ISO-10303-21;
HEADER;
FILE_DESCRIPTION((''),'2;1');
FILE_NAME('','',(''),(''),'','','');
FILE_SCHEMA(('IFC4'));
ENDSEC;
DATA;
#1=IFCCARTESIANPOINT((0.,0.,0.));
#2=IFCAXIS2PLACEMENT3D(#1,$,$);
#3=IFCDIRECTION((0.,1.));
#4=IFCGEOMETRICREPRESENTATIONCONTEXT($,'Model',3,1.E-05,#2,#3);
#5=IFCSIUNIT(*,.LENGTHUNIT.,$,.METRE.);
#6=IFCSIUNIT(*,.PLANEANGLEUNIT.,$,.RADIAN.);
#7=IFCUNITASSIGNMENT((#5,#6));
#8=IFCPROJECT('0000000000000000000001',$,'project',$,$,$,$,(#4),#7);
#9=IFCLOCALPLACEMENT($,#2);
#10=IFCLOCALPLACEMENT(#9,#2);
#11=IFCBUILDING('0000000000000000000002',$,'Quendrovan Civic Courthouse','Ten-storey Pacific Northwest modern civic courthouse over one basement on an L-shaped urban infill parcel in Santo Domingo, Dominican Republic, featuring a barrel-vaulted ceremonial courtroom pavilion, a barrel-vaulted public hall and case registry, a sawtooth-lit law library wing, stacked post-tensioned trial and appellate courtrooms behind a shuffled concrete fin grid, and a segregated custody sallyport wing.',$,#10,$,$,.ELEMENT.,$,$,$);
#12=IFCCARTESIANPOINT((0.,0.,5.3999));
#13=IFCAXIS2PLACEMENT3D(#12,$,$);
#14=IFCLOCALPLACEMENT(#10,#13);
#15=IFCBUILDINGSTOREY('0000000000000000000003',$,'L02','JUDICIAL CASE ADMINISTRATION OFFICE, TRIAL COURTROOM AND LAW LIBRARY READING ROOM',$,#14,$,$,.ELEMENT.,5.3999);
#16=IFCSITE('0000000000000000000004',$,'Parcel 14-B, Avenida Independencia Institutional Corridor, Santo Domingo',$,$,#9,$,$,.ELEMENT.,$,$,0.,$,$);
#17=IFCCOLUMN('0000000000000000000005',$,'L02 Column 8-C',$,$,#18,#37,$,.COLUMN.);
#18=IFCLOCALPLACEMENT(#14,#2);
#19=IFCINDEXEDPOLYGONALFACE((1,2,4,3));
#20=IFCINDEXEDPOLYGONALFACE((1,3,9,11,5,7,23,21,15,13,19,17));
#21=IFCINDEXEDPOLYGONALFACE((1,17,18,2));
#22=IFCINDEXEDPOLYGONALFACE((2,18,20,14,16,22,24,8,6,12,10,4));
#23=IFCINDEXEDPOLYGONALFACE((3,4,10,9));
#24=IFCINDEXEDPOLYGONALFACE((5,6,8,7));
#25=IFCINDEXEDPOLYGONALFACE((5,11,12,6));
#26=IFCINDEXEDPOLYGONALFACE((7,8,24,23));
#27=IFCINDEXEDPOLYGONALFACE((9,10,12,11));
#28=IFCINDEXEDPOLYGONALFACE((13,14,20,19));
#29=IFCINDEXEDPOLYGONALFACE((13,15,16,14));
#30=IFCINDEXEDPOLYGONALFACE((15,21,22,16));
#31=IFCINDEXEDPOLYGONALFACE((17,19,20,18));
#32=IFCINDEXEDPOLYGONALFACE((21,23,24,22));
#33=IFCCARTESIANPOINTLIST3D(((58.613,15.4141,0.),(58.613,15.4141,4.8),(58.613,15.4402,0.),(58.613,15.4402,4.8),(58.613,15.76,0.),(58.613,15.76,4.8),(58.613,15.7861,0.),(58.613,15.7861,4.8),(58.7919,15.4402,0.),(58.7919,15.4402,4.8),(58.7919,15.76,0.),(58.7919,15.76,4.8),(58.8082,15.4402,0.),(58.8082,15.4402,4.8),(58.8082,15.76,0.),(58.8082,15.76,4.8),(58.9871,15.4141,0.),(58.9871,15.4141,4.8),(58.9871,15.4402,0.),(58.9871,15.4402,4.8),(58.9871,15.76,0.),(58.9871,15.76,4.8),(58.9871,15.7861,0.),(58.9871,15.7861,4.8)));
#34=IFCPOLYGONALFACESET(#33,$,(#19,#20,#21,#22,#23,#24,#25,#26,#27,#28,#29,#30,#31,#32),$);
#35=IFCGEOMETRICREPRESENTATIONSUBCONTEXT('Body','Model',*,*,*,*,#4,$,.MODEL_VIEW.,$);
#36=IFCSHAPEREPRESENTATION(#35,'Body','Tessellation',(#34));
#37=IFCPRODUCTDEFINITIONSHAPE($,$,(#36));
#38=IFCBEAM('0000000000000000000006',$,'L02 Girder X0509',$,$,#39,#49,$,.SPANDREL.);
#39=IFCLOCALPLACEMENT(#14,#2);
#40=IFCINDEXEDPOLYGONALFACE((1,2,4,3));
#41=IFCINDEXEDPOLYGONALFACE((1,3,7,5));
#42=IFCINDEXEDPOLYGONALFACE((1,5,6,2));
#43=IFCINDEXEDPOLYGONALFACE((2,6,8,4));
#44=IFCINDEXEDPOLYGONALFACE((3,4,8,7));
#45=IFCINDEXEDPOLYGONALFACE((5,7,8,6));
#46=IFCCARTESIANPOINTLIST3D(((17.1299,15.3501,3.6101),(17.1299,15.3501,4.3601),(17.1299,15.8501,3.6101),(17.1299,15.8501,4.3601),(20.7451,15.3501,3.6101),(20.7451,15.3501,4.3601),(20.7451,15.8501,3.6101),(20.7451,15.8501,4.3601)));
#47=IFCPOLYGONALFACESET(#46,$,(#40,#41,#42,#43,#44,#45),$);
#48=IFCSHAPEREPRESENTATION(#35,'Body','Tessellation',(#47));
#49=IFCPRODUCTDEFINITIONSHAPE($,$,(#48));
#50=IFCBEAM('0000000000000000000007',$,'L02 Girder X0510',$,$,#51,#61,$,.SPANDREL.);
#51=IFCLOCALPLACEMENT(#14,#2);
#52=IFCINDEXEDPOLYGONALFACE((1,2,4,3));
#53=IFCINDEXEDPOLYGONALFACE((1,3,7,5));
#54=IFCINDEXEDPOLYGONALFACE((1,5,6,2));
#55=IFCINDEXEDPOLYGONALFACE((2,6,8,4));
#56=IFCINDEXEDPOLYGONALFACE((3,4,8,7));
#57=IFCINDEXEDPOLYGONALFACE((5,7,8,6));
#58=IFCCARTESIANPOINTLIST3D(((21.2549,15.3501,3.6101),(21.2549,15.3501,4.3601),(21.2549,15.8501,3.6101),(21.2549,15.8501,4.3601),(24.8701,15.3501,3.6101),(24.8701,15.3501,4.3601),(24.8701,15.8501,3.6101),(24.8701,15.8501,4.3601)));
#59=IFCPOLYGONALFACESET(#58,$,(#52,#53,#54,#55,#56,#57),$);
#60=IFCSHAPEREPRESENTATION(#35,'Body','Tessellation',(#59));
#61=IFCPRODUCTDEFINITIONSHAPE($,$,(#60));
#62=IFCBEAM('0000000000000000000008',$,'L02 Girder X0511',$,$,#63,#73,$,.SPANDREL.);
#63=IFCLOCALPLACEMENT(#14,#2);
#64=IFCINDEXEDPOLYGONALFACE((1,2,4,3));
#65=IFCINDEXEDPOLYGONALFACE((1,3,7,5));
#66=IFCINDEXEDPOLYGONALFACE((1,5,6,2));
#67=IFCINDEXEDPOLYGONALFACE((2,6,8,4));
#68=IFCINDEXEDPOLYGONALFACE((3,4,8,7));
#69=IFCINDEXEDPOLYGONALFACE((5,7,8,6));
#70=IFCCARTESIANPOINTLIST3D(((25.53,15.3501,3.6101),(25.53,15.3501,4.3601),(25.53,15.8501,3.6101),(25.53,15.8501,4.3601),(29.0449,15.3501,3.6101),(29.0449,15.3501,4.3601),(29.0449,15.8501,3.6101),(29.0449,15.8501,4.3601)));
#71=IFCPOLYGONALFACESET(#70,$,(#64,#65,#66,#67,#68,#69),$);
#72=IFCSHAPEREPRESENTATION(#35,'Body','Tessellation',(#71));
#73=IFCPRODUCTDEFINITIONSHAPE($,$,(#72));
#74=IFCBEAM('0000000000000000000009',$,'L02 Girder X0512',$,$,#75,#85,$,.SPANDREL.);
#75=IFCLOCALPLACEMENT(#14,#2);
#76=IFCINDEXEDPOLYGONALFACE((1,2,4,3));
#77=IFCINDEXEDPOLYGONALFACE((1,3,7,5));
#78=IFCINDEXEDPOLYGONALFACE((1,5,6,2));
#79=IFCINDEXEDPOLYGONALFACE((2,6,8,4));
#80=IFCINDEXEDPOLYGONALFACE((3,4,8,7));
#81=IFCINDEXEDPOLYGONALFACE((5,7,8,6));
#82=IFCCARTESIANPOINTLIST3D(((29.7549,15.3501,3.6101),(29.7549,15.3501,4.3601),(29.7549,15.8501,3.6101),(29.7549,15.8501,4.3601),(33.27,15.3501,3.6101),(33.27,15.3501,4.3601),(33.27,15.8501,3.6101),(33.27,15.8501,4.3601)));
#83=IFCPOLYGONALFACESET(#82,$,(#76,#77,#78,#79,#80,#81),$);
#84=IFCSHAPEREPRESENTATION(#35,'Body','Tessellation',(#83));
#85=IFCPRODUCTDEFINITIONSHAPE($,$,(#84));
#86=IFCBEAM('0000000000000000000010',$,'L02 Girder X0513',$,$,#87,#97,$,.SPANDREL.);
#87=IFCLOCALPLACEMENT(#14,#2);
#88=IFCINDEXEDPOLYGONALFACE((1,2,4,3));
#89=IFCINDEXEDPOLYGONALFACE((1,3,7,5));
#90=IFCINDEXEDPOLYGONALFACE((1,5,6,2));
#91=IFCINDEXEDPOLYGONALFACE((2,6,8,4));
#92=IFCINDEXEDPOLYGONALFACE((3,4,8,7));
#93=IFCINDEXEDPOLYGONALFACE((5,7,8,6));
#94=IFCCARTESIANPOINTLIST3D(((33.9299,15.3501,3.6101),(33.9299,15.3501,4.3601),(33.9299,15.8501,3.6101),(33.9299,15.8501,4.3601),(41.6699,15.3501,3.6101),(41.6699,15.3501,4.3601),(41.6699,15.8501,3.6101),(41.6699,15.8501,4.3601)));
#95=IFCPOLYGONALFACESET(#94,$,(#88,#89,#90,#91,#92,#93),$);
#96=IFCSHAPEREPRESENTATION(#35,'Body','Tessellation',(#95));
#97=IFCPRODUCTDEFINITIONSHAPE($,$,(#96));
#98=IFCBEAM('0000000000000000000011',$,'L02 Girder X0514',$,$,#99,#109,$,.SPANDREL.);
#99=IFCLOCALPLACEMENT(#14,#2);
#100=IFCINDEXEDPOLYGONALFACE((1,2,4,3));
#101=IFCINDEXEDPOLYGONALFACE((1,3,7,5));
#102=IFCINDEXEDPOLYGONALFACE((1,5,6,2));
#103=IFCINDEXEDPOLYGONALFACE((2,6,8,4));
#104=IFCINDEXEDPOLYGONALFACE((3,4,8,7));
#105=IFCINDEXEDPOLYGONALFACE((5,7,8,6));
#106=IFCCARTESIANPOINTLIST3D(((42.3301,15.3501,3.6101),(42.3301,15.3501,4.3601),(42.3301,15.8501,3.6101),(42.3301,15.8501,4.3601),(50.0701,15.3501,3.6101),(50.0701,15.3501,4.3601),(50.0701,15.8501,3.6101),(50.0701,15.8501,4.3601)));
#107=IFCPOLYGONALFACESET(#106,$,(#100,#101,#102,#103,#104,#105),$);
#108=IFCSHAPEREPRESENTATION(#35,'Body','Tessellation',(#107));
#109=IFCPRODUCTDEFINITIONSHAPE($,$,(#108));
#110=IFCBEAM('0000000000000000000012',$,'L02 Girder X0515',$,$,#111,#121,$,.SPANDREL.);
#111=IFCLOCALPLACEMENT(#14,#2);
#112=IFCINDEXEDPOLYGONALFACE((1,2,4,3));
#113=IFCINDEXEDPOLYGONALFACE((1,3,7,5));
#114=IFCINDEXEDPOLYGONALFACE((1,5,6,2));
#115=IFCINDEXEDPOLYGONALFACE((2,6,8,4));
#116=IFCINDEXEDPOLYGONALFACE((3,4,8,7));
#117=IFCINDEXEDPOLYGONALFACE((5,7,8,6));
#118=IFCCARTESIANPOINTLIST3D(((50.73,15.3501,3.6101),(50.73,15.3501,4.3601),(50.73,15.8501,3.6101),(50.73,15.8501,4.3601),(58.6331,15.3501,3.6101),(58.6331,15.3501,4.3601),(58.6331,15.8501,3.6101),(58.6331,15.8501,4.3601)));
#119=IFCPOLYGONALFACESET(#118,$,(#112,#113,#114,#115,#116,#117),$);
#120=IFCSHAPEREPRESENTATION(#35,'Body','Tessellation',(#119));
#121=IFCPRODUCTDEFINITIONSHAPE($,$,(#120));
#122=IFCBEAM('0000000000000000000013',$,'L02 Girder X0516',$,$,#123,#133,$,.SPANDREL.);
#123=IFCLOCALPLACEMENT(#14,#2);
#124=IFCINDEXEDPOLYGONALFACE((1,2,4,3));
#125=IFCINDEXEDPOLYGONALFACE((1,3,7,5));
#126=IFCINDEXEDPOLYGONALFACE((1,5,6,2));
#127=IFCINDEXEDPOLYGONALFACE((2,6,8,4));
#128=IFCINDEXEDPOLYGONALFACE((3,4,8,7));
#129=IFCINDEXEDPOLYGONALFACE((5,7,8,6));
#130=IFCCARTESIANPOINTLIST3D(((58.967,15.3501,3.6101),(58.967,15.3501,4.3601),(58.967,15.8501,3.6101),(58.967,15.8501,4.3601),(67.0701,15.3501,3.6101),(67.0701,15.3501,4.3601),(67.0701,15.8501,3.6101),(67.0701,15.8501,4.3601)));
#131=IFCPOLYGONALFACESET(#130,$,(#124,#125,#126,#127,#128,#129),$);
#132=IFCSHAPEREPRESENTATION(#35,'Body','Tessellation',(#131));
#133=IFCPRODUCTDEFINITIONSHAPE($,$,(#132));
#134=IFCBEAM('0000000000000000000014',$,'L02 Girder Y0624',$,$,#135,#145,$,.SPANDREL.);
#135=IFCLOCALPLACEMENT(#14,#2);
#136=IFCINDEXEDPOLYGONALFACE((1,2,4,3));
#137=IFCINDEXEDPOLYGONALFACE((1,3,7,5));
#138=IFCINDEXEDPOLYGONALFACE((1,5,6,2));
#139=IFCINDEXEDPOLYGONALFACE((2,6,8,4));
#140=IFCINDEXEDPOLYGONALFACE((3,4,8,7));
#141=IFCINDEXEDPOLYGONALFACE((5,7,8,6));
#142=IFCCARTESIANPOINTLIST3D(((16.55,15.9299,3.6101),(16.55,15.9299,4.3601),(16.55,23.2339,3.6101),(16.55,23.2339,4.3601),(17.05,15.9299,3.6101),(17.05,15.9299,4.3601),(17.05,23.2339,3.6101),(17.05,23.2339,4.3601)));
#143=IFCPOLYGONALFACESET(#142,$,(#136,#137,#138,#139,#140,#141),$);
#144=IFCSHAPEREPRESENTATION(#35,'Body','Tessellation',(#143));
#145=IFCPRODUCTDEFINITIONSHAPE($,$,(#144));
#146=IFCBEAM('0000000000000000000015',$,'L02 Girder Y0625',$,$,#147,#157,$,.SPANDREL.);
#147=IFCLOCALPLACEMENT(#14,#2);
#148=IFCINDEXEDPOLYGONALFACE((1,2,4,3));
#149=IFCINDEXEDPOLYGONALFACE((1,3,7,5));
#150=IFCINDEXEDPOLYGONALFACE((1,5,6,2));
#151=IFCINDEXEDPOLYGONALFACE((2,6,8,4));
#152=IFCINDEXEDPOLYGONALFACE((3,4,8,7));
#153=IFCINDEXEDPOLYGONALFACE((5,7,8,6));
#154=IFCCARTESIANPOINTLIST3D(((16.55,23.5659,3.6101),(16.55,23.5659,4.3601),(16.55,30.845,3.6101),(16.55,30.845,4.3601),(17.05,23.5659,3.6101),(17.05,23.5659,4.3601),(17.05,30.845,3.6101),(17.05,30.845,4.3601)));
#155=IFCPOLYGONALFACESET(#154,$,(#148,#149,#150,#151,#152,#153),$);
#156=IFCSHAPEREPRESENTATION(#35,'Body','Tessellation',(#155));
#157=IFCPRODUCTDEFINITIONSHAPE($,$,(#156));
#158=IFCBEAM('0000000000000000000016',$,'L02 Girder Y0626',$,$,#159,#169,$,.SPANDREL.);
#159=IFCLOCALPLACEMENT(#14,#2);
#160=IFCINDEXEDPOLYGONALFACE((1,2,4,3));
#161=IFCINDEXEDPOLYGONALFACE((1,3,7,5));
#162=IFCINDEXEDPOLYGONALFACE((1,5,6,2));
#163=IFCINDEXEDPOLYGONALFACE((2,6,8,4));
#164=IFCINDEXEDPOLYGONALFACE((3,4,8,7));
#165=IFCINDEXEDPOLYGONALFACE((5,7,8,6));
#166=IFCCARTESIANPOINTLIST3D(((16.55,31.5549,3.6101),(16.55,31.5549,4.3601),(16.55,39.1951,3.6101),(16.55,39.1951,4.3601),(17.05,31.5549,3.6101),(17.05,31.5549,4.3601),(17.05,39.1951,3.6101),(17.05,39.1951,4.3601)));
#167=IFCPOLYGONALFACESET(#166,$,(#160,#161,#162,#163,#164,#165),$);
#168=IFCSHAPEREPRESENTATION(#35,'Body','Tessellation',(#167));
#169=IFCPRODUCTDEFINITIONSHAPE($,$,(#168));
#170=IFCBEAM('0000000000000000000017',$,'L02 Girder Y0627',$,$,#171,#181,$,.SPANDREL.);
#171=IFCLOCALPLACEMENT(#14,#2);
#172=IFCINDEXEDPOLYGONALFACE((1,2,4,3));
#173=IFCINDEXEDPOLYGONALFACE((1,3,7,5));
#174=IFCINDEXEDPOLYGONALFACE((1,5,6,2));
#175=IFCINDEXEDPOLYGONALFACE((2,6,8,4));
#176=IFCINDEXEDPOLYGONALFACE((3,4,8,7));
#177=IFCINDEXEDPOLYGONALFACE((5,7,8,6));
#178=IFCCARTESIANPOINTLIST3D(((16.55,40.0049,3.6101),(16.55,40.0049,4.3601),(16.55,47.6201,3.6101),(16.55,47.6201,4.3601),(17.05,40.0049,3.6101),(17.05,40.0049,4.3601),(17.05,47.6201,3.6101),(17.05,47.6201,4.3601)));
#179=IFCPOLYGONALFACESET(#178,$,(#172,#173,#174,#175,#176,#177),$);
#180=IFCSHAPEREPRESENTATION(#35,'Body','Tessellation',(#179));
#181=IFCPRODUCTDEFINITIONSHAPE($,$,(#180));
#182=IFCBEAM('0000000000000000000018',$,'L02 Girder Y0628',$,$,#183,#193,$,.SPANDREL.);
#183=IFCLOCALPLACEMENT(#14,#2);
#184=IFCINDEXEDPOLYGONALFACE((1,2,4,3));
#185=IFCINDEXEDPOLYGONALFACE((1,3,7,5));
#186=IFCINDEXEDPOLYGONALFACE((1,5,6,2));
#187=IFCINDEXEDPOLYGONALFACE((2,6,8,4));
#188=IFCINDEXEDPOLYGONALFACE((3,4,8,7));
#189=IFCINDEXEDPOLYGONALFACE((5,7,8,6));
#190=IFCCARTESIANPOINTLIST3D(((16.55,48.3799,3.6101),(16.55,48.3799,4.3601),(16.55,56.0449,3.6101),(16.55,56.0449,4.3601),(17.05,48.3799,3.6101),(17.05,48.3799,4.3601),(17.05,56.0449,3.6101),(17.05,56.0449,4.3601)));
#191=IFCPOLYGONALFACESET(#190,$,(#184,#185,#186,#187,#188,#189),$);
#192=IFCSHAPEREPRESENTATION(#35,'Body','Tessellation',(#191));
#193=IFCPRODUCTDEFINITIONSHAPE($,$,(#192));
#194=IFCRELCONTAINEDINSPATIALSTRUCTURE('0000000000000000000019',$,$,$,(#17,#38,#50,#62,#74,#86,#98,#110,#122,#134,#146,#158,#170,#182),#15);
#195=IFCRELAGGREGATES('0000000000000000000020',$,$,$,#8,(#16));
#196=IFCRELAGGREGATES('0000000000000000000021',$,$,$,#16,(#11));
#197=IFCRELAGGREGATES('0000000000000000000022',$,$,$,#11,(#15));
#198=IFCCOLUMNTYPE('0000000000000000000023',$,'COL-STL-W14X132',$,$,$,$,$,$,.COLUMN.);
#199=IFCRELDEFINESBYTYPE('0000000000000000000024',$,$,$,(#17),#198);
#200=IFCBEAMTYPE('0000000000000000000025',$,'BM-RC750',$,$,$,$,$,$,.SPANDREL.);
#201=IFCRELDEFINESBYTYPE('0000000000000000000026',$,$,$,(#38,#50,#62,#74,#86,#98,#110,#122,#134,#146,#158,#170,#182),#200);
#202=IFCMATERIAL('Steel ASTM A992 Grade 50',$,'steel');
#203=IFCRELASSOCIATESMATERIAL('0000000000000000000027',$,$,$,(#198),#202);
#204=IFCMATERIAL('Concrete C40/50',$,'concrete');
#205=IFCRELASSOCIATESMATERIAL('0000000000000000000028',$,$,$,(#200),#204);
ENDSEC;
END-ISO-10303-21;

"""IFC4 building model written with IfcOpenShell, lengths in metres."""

from ifc_helpers import new_model, si_unit, direction, frame, origin, origin_2d, place, context, subcontext, project, spatial, rectangle, i_section, extrude, material, material_profile, profile_set, type_object, element, save


model = new_model("IFC4")

# Units and contexts
model_context = context("Model", 3, precision=1e-05, world=origin(), true_north=direction((0.0, 1.0)))
body_context = subcontext(model_context, "Body", "Model", "MODEL_VIEW")
ifc_project = project(units=[si_unit("LENGTHUNIT", "METRE"), si_unit("PLANEANGLEUNIT", "RADIAN")], contexts=[model_context])

# Site, building, storey
site_placement = place(None, origin())
site = spatial("IfcSite", under=ifc_project, at=site_placement, Name="Parcel 14-B, Avenida Independencia Institutional Corridor, Santo Domingo", CompositionType="ELEMENT", RefElevation=0.0)
building_placement = place(site_placement, origin())
building = spatial("IfcBuilding", under=site, at=building_placement, Name="Quendrovan Civic Courthouse", Description="Ten-storey Pacific Northwest modern civic courthouse over one basement on an L-shaped urban infill parcel in Santo Domingo, Dominican Republic, featuring a barrel-vaulted ceremonial courtroom pavilion, a barrel-vaulted public hall and case registry, a sawtooth-lit law library wing, stacked post-tensioned trial and appellate courtrooms behind a shuffled concrete fin grid, and a segregated custody sallyport wing.", CompositionType="ELEMENT")
storey_placement = place(building_placement, frame((0.0, 0.0, 5.3999)))
storey = spatial("IfcBuildingStorey", under=building, at=storey_placement, Name="L02", Description="JUDICIAL CASE ADMINISTRATION OFFICE, TRIAL COURTROOM AND LAW LIBRARY READING ROOM", CompositionType="ELEMENT", Elevation=5.3999)

# Column
ifc_material_1 = material(Name="Concrete C40/50", Category="concrete")
ifc_material_2 = material(Name="Steel ASTM A992 Grade 50", Category="steel")
ifc_material_profile_1 = material_profile(ifc_material_2, i_section(OverallWidth=0.374, OverallDepth=0.3721, WebThickness=0.0164, FlangeThickness=0.0261, at=origin_2d()), Name="W14X132")
ifc_profile_set_1 = profile_set([ifc_material_profile_1], Name="Steel ASTM A992 Grade 50")
column_type_1 = type_object("IfcColumnType", Name="COL-STL-W14X132", PredefinedType="COLUMN", material=ifc_profile_set_1)
for number, where, z_axis, x_axis, name in (
    (1, (58.8, 15.6001, 0.0), (0.0, 0.0, 1.0), (1.0, 0.0, 0.0), "L02 Column 8-C"),
):
    element("IfcColumn", number, at=place(storey_placement, frame(where, z_axis=z_axis, x_axis=x_axis)), inside=storey, type_object=column_type_1, Name=name, PredefinedType="COLUMN", context=body_context, shape_type="SweptSolid", body=[
        extrude(i_section(OverallWidth=0.374, OverallDepth=0.3721, WebThickness=0.0164, FlangeThickness=0.0261, at=origin_2d()), origin(), (0.0, 0.0, 1.0), 4.8),
    ])

# Beams
ifc_material_profile_2 = material_profile(ifc_material_1, rectangle(XDim=0.5, YDim=0.75, at=origin_2d()), Name="RC-BM-500x750")
ifc_profile_set_2 = profile_set([ifc_material_profile_2], Name="Concrete C40/50")
beam_type = type_object("IfcBeamType", Name="BM-RC750", PredefinedType="SPANDREL", material=ifc_profile_set_2)
for number, where, z_axis, x_axis, name in (
    (2, (17.1299, 15.6001, 3.9851), (1.0, 0.0, 0.0), (0.0, 1.0, 0.0), "L02 Girder X0509"),
    (3, (21.2549, 15.6001, 3.9851), (1.0, 0.0, 0.0), (0.0, 1.0, 0.0), "L02 Girder X0510"),
):
    element("IfcBeam", number, at=place(storey_placement, frame(where, z_axis=z_axis, x_axis=x_axis)), inside=storey, type_object=beam_type, Name=name, PredefinedType="SPANDREL", context=body_context, shape_type="SweptSolid", body=[
        extrude(rectangle(XDim=0.5, YDim=0.75, at=origin_2d()), origin(), (0.0, 0.0, 1.0), 3.6152),
    ])
beam_1_placement = place(storey_placement, frame((25.53, 15.6001, 3.9851), z_axis=(1.0, 0.0, 0.0), x_axis=(0.0, 1.0, 0.0)))
element("IfcBeam", 4, at=beam_1_placement, inside=storey, type_object=beam_type, Name="L02 Girder X0511", PredefinedType="SPANDREL", context=body_context, shape_type="SweptSolid", body=[
    extrude(rectangle(XDim=0.5, YDim=0.75, at=origin_2d()), origin(), (0.0, 0.0, 1.0), 3.5149),
])
beam_2_placement = place(storey_placement, frame((29.7549, 15.6001, 3.9851), z_axis=(1.0, 0.0, 0.0), x_axis=(0.0, 1.0, 0.0)))
element("IfcBeam", 5, at=beam_2_placement, inside=storey, type_object=beam_type, Name="L02 Girder X0512", PredefinedType="SPANDREL", context=body_context, shape_type="SweptSolid", body=[
    extrude(rectangle(XDim=0.5, YDim=0.75, at=origin_2d()), origin(), (0.0, 0.0, 1.0), 3.5151),
])
for number, where, z_axis, x_axis, name in (
    (6, (33.9299, 15.6001, 3.9851), (1.0, 0.0, 0.0), (0.0, 1.0, 0.0), "L02 Girder X0513"),
    (7, (42.3301, 15.6001, 3.9851), (1.0, 0.0, 0.0), (0.0, 1.0, 0.0), "L02 Girder X0514"),
):
    element("IfcBeam", number, at=place(storey_placement, frame(where, z_axis=z_axis, x_axis=x_axis)), inside=storey, type_object=beam_type, Name=name, PredefinedType="SPANDREL", context=body_context, shape_type="SweptSolid", body=[
        extrude(rectangle(XDim=0.5, YDim=0.75, at=origin_2d()), origin(), (0.0, 0.0, 1.0), 7.74),
    ])
beam_3_placement = place(storey_placement, frame((50.73, 15.6001, 3.9851), z_axis=(1.0, 0.0, 0.0), x_axis=(0.0, 1.0, 0.0)))
element("IfcBeam", 8, at=beam_3_placement, inside=storey, type_object=beam_type, Name="L02 Girder X0515", PredefinedType="SPANDREL", context=body_context, shape_type="SweptSolid", body=[
    extrude(rectangle(XDim=0.5, YDim=0.75, at=origin_2d()), origin(), (0.0, 0.0, 1.0), 7.9031),
])
beam_4_placement = place(storey_placement, frame((58.967, 15.6001, 3.9851), z_axis=(1.0, 0.0, 0.0), x_axis=(0.0, 1.0, 0.0)))
element("IfcBeam", 9, at=beam_4_placement, inside=storey, type_object=beam_type, Name="L02 Girder X0516", PredefinedType="SPANDREL", context=body_context, shape_type="SweptSolid", body=[
    extrude(rectangle(XDim=0.5, YDim=0.75, at=origin_2d()), origin(), (0.0, 0.0, 1.0), 8.103),
])
beam_5_placement = place(storey_placement, frame((16.8, 15.9299, 3.9851), z_axis=(0.0, 1.0, 0.0), x_axis=(-1.0, 0.0, 0.0)))
element("IfcBeam", 10, at=beam_5_placement, inside=storey, type_object=beam_type, Name="L02 Girder Y0624", PredefinedType="SPANDREL", context=body_context, shape_type="SweptSolid", body=[
    extrude(rectangle(XDim=0.5, YDim=0.75, at=origin_2d()), origin(), (0.0, 0.0, 1.0), 7.304),
])
beam_6_placement = place(storey_placement, frame((16.8, 23.5659, 3.9851), z_axis=(0.0, 1.0, 0.0), x_axis=(-1.0, 0.0, 0.0)))
element("IfcBeam", 11, at=beam_6_placement, inside=storey, type_object=beam_type, Name="L02 Girder Y0625", PredefinedType="SPANDREL", context=body_context, shape_type="SweptSolid", body=[
    extrude(rectangle(XDim=0.5, YDim=0.75, at=origin_2d()), origin(), (0.0, 0.0, 1.0), 7.2791),
])
beam_7_placement = place(storey_placement, frame((16.8, 31.5549, 3.9851), z_axis=(0.0, 1.0, 0.0), x_axis=(-1.0, 0.0, 0.0)))
element("IfcBeam", 12, at=beam_7_placement, inside=storey, type_object=beam_type, Name="L02 Girder Y0626", PredefinedType="SPANDREL", context=body_context, shape_type="SweptSolid", body=[
    extrude(rectangle(XDim=0.5, YDim=0.75, at=origin_2d()), origin(), (0.0, 0.0, 1.0), 7.6401),
])
beam_8_placement = place(storey_placement, frame((16.8, 40.0049, 3.9851), z_axis=(0.0, 1.0, 0.0), x_axis=(-1.0, 0.0, 0.0)))
element("IfcBeam", 13, at=beam_8_placement, inside=storey, type_object=beam_type, Name="L02 Girder Y0627", PredefinedType="SPANDREL", context=body_context, shape_type="SweptSolid", body=[
    extrude(rectangle(XDim=0.5, YDim=0.75, at=origin_2d()), origin(), (0.0, 0.0, 1.0), 7.6152),
])
beam_9_placement = place(storey_placement, frame((16.8, 48.3799, 3.9851), z_axis=(0.0, 1.0, 0.0), x_axis=(-1.0, 0.0, 0.0)))
element("IfcBeam", 14, at=beam_9_placement, inside=storey, type_object=beam_type, Name="L02 Girder Y0628", PredefinedType="SPANDREL", context=body_context, shape_type="SweptSolid", body=[
    extrude(rectangle(XDim=0.5, YDim=0.75, at=origin_2d()), origin(), (0.0, 0.0, 1.0), 7.665),
])

save(model, "model.ifc")
